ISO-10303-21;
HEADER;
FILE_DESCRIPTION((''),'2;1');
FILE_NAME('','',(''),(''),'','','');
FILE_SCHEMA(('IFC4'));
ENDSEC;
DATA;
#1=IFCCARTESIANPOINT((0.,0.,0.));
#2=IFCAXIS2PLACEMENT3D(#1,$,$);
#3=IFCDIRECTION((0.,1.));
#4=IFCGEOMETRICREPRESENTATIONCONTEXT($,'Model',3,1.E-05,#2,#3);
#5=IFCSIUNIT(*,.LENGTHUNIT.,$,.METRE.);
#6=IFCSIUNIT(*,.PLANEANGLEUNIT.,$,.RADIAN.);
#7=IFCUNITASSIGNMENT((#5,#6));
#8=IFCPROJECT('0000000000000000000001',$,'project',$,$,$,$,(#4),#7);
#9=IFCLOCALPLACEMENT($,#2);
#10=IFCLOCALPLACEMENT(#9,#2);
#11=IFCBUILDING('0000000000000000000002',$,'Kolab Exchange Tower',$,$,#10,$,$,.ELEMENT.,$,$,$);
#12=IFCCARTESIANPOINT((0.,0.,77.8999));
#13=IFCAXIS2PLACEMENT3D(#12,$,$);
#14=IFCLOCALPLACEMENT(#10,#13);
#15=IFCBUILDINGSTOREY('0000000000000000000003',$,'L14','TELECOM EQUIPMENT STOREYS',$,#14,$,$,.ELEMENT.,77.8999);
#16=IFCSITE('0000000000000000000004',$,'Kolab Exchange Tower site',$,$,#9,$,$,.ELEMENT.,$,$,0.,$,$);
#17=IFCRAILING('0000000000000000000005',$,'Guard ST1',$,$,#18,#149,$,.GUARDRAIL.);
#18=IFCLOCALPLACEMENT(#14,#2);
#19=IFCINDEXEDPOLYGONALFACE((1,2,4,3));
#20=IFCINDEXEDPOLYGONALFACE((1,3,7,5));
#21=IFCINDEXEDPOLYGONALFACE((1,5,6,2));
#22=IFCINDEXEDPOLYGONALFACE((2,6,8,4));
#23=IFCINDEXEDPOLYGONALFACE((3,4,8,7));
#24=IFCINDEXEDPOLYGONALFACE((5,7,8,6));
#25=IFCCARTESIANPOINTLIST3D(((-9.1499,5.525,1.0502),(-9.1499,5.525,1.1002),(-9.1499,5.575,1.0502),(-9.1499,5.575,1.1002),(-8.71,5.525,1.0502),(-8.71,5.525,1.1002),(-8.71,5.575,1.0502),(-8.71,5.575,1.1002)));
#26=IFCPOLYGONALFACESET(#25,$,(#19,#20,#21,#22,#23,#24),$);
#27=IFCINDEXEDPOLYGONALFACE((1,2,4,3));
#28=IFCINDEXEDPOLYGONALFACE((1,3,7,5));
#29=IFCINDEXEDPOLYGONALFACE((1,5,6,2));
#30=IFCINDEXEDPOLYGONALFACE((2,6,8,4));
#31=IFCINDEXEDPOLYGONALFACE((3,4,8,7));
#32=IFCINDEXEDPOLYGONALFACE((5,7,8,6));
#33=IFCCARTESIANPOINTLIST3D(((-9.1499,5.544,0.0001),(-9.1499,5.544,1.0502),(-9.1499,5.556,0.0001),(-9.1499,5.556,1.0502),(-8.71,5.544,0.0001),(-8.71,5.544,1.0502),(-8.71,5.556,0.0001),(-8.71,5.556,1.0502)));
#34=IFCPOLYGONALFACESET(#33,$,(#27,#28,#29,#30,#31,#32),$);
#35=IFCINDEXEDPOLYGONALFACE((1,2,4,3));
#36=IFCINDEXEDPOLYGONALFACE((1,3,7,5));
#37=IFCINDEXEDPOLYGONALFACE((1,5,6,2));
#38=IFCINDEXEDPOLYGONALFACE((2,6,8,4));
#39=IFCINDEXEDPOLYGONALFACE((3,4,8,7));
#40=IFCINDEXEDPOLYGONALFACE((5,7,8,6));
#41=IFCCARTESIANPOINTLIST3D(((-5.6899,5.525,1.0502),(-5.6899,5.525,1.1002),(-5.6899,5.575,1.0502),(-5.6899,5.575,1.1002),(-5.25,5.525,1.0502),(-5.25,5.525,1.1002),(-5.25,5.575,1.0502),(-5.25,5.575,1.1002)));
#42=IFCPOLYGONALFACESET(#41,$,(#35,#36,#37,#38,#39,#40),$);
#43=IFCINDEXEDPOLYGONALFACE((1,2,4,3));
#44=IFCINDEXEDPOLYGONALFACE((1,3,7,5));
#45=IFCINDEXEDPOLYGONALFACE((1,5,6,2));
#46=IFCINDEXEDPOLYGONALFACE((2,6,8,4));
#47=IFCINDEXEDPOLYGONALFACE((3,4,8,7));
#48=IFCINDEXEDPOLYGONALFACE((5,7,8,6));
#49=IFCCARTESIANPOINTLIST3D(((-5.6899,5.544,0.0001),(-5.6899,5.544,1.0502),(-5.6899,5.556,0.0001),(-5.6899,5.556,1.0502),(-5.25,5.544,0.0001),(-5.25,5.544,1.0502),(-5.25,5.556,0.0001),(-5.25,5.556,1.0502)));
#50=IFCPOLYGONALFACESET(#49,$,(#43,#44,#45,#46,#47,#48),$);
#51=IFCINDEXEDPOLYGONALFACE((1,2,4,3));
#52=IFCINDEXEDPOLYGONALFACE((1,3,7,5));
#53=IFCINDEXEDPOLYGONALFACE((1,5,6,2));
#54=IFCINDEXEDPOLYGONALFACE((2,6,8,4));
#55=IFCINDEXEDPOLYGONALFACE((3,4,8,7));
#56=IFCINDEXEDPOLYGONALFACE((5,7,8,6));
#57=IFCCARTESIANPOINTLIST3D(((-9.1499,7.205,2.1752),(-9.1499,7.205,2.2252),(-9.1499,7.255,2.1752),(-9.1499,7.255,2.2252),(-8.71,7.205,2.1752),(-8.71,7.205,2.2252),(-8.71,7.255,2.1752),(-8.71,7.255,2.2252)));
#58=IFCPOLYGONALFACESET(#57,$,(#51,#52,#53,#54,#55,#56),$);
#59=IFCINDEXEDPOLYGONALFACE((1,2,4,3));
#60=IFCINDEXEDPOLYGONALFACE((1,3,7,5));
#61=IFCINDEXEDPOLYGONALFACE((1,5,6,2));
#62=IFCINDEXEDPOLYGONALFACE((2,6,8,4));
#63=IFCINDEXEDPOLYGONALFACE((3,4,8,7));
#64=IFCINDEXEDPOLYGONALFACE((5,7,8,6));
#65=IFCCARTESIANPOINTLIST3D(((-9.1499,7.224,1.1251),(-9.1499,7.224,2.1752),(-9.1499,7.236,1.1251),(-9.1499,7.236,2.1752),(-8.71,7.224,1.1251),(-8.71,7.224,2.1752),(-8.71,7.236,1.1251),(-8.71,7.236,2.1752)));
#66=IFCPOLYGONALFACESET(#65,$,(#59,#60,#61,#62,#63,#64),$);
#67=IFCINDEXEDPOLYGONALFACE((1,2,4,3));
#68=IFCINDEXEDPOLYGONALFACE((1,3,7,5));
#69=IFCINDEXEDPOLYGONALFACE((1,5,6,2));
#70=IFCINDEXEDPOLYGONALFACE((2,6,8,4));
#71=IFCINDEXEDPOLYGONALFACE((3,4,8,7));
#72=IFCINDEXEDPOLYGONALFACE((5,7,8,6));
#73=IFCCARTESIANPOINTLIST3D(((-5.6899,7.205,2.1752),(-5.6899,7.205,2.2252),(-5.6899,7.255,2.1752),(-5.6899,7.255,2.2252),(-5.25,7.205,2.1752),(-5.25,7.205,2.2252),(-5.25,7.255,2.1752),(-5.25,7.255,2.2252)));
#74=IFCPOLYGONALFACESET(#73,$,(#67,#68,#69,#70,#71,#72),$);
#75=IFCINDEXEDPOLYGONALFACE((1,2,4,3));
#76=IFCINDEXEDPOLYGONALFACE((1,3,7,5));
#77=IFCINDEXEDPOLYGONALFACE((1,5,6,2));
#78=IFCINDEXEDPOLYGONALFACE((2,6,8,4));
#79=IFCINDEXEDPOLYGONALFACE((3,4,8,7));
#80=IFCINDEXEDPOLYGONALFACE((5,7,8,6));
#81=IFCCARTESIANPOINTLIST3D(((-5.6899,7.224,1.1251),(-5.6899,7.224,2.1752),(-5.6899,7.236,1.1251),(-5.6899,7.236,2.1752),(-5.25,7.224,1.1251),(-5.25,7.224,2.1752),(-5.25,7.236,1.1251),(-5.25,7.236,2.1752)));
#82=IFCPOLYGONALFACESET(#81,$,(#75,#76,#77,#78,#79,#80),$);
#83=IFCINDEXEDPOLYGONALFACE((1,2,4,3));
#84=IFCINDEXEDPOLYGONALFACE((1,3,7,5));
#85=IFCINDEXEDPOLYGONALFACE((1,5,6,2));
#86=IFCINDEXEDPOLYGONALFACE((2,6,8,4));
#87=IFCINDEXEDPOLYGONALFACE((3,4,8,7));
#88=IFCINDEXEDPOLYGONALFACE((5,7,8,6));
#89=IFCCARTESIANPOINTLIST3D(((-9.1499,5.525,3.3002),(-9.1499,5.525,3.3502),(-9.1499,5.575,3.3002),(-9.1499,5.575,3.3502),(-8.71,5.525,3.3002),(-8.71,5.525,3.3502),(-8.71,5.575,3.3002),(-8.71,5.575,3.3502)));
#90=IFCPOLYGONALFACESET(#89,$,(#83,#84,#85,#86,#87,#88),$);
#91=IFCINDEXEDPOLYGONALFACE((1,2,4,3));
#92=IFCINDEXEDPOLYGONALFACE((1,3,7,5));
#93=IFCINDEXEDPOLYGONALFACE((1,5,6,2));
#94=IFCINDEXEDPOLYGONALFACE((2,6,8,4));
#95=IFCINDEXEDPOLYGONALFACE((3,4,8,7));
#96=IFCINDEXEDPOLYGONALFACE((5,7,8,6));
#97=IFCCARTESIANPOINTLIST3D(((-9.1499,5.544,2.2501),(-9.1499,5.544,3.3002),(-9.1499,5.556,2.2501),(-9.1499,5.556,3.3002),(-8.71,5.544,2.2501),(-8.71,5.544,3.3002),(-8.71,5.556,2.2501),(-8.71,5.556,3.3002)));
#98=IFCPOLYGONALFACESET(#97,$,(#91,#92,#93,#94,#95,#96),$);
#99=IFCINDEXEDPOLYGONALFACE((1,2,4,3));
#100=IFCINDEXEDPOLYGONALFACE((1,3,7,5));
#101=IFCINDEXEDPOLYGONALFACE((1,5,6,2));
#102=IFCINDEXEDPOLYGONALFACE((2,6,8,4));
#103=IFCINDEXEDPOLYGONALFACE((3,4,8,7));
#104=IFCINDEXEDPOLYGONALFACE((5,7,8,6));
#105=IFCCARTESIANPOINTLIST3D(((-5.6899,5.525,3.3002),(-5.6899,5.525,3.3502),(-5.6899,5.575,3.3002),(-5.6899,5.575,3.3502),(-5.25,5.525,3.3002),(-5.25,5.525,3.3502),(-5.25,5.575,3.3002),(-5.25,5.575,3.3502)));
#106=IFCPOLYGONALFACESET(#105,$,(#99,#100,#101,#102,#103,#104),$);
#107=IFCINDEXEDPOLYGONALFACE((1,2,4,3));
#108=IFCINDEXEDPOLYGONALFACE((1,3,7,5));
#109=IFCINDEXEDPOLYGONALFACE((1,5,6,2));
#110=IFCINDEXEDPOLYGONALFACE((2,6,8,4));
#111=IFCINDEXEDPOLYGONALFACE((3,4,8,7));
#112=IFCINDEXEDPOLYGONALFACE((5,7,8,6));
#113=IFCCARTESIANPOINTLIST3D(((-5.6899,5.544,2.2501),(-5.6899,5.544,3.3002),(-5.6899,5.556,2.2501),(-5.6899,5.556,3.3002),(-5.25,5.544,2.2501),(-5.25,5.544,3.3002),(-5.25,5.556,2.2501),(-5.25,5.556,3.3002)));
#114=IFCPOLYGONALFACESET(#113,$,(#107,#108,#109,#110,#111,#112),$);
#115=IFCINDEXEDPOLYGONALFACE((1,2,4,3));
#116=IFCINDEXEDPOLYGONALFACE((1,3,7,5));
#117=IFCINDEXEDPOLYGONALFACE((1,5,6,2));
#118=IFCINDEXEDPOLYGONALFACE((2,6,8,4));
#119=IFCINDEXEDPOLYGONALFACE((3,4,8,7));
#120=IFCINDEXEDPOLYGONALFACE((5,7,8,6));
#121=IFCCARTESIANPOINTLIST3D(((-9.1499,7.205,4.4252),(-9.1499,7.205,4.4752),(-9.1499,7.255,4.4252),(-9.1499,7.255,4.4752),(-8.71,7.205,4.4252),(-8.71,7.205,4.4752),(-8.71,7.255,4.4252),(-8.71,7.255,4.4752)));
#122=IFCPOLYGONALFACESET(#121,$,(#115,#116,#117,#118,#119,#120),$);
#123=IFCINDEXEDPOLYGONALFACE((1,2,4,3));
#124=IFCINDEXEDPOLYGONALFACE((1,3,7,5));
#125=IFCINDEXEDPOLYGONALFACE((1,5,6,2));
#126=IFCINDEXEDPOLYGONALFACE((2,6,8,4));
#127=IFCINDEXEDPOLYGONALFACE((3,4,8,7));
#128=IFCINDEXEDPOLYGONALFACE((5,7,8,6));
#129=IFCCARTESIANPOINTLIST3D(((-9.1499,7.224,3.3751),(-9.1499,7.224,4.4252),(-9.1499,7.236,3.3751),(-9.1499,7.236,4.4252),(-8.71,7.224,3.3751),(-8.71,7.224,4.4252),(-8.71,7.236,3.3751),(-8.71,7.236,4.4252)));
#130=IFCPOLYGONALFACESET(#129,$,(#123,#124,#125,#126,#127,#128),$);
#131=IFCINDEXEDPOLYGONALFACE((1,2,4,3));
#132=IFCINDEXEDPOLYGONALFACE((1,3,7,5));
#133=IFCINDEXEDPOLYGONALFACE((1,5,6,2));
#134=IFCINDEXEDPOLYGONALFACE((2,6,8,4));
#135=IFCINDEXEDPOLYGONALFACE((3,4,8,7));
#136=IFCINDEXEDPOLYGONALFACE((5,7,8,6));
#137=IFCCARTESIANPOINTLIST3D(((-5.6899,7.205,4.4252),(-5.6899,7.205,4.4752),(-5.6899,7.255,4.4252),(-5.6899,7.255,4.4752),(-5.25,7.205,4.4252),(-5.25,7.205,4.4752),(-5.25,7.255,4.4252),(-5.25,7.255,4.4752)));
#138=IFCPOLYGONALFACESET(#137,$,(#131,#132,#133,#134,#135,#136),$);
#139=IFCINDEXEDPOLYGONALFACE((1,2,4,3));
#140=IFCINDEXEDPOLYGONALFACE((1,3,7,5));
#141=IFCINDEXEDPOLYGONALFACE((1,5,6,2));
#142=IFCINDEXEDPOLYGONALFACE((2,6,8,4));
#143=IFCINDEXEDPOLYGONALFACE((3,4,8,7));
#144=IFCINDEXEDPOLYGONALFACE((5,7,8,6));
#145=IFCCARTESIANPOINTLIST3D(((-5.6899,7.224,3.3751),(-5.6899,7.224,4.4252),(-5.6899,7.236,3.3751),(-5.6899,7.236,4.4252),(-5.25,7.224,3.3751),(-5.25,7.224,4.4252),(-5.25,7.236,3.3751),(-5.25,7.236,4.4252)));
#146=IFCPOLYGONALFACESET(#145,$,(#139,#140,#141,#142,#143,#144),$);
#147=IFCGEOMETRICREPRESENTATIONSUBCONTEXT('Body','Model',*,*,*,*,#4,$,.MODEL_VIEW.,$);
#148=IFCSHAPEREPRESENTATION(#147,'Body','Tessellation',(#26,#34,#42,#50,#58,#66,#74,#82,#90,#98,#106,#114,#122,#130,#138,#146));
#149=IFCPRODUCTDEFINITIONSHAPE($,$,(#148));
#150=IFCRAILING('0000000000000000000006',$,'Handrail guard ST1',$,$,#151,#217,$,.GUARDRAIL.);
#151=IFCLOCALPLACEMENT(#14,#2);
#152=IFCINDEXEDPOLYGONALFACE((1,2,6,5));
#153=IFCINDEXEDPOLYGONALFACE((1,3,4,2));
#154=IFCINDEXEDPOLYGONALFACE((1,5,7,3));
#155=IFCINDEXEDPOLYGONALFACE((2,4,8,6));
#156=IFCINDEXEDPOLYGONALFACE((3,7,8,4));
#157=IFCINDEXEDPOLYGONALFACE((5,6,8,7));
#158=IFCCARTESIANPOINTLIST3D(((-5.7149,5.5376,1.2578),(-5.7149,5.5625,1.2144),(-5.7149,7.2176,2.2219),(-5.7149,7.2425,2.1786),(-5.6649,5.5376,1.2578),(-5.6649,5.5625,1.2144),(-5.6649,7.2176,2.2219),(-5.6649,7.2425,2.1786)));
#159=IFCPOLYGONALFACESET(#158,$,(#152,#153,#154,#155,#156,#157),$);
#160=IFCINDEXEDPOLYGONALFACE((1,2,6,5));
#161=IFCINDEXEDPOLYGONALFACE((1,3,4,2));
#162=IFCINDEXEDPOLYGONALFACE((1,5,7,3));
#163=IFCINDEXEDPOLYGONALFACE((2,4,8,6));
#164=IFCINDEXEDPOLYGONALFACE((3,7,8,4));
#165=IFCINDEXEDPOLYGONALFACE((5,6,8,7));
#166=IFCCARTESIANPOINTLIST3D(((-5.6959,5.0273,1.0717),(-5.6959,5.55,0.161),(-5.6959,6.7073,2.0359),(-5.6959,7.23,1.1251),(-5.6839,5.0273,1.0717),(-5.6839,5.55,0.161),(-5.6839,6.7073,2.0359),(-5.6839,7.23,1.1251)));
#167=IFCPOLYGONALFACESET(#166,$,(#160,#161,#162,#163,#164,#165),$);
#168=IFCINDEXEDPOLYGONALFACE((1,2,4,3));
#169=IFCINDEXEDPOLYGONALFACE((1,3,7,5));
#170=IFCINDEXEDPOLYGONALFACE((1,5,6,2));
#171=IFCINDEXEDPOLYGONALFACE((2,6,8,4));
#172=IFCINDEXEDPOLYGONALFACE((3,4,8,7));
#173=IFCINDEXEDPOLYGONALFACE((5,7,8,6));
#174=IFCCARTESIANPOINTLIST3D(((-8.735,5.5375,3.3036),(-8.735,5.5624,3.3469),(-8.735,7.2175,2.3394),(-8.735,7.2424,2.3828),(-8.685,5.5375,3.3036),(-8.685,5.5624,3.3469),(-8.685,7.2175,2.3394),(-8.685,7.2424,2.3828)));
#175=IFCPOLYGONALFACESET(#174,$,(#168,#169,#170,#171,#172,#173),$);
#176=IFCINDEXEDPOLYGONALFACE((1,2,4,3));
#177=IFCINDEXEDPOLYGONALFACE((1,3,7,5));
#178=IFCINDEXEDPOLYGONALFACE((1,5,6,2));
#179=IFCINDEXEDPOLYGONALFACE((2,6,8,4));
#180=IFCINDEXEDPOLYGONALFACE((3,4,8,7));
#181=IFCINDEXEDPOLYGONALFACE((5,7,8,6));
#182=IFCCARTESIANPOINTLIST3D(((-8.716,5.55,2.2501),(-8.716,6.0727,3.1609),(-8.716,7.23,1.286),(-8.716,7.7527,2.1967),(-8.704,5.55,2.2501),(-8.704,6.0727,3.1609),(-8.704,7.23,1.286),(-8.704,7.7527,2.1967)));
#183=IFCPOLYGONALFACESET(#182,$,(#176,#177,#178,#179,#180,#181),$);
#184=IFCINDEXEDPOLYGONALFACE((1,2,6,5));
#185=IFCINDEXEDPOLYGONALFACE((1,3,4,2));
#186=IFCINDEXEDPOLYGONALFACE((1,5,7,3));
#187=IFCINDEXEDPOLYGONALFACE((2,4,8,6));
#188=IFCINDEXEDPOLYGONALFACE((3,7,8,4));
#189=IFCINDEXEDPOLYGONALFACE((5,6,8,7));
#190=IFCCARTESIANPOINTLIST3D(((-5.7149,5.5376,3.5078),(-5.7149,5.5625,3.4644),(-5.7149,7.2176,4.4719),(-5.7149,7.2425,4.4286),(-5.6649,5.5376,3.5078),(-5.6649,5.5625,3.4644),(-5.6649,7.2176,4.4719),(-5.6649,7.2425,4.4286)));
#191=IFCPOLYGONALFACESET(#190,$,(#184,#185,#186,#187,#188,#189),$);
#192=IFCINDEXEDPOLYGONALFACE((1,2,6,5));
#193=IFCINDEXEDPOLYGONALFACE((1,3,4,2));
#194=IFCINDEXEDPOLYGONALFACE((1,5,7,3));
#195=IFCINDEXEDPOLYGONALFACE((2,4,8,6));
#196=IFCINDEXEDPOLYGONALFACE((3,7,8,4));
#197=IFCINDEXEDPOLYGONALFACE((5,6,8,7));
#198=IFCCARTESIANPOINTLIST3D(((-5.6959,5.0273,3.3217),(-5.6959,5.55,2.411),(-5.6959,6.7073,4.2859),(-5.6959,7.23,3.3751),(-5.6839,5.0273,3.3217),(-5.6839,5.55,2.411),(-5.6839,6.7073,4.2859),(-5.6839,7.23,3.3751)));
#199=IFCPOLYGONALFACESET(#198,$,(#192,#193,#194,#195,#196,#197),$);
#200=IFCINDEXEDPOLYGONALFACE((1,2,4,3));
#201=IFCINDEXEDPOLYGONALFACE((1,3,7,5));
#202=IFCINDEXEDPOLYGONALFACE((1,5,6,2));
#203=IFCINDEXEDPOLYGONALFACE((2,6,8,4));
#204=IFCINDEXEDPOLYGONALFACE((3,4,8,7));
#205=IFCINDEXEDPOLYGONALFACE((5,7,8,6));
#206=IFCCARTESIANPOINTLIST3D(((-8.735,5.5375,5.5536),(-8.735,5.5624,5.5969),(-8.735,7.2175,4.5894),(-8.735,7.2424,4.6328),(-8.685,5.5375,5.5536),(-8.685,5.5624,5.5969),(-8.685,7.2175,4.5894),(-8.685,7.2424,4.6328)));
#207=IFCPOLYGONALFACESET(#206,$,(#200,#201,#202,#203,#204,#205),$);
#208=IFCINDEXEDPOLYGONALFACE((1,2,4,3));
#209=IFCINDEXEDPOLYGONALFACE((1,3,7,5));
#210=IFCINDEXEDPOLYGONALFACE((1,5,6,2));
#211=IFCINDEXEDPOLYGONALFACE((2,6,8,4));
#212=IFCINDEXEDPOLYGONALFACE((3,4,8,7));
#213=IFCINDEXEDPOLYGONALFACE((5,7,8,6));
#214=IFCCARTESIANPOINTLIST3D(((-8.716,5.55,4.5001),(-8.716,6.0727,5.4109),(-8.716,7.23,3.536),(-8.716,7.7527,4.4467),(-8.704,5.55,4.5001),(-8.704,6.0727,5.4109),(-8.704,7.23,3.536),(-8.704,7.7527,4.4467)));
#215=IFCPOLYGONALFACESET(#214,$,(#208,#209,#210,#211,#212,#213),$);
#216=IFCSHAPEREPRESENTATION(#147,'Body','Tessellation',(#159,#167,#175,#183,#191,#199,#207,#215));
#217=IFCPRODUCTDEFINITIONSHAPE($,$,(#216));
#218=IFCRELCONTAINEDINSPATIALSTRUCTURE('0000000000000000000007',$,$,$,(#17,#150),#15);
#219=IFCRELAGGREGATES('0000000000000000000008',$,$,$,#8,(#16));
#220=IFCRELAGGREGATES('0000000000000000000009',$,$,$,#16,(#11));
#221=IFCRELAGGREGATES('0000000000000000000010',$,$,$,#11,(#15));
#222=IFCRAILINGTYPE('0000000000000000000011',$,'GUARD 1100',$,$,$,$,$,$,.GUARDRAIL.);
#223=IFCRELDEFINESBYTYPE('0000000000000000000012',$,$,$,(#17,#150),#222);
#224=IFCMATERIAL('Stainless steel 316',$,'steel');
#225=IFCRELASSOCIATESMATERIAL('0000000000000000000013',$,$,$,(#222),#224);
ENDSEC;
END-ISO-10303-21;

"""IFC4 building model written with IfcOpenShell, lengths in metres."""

from ifc_helpers import new_model, si_unit, direction, frame, frame_2d, origin, origin_2d, place, context, subcontext, project, spatial, rectangle, extrude, material, type_object, element, save


model = new_model("IFC4")

# Units and contexts
model_context = context("Model", 3, precision=1e-05, world=origin(), true_north=direction((0.0, 1.0)))
body_context = subcontext(model_context, "Body", "Model", "MODEL_VIEW")
ifc_project = project(units=[si_unit("LENGTHUNIT", "METRE"), si_unit("PLANEANGLEUNIT", "RADIAN")], contexts=[model_context])

# Site, building, storey
site_placement = place(None, origin())
site = spatial("IfcSite", under=ifc_project, at=site_placement, Name="Kolab Exchange Tower site", CompositionType="ELEMENT", RefElevation=0.0)
building_placement = place(site_placement, origin())
building = spatial("IfcBuilding", under=site, at=building_placement, Name="Kolab Exchange Tower", CompositionType="ELEMENT")
storey_placement = place(building_placement, frame((0.0, 0.0, 77.8999)))
storey = spatial("IfcBuildingStorey", under=building, at=storey_placement, Name="L14", Description="TELECOM EQUIPMENT STOREYS", CompositionType="ELEMENT", Elevation=77.8999)

# Railings
ifc_material_1 = material(Name="Stainless steel 316", Category="steel")
railing_type = type_object("IfcRailingType", Name="GUARD 1100", PredefinedType="GUARDRAIL", material=ifc_material_1)
railing_1_placement = place(storey_placement, frame((-9.1499, 5.55, 0.0)))
element("IfcRailing", 1, at=railing_1_placement, inside=storey, type_object=railing_type, Name="Guard ST1", PredefinedType="GUARDRAIL", context=body_context, shape_type="SweptSolid", body=[
    extrude(rectangle(XDim=0.05, YDim=0.05, at=origin_2d()), frame((0.0, 0.0, 1.0752), z_axis=(1.0, 0.0, 0.0), x_axis=(0.0, 1.0, 0.0)), (0.0, 0.0, 1.0), 0.4399),
    extrude(rectangle(XDim=0.012, YDim=1.0501, at=frame_2d((0.0, 0.5251))), frame((0.0, 0.0, 0.0), z_axis=(1.0, 0.0, 0.0), x_axis=(0.0, 1.0, 0.0)), (0.0, 0.0, 1.0), 0.4399),
    extrude(rectangle(XDim=0.05, YDim=0.05, at=origin_2d()), frame((3.46, 0.0, 1.0752), z_axis=(1.0, 0.0, 0.0), x_axis=(0.0, 1.0, 0.0)), (0.0, 0.0, 1.0), 0.4399),
    extrude(rectangle(XDim=0.012, YDim=1.0501, at=frame_2d((0.0, 0.5251))), frame((3.46, 0.0, 0.0), z_axis=(1.0, 0.0, 0.0), x_axis=(0.0, 1.0, 0.0)), (0.0, 0.0, 1.0), 0.4399),
    extrude(rectangle(XDim=0.05, YDim=0.05, at=origin_2d()), frame((0.0, 1.6799, 2.2002), z_axis=(1.0, 0.0, 0.0), x_axis=(0.0, 1.0, 0.0)), (0.0, 0.0, 1.0), 0.4399),
    extrude(rectangle(XDim=0.012, YDim=1.0501, at=frame_2d((0.0, 0.5251))), frame((0.0, 1.6799, 1.125), z_axis=(1.0, 0.0, 0.0), x_axis=(0.0, 1.0, 0.0)), (0.0, 0.0, 1.0), 0.4399),
    extrude(rectangle(XDim=0.05, YDim=0.05, at=origin_2d()), frame((3.46, 1.6799, 2.2002), z_axis=(1.0, 0.0, 0.0), x_axis=(0.0, 1.0, 0.0)), (0.0, 0.0, 1.0), 0.4399),
    extrude(rectangle(XDim=0.012, YDim=1.0501, at=frame_2d((0.0, 0.5251))), frame((3.46, 1.6799, 1.125), z_axis=(1.0, 0.0, 0.0), x_axis=(0.0, 1.0, 0.0)), (0.0, 0.0, 1.0), 0.4399),
    extrude(rectangle(XDim=0.05, YDim=0.05, at=origin_2d()), frame((0.0, 0.0, 3.3252), z_axis=(1.0, 0.0, 0.0), x_axis=(0.0, 1.0, 0.0)), (0.0, 0.0, 1.0), 0.4399),
    extrude(rectangle(XDim=0.012, YDim=1.0501, at=frame_2d((0.0, 0.5251))), frame((0.0, 0.0, 2.25), z_axis=(1.0, 0.0, 0.0), x_axis=(0.0, 1.0, 0.0)), (0.0, 0.0, 1.0), 0.4399),
    extrude(rectangle(XDim=0.05, YDim=0.05, at=origin_2d()), frame((3.46, 0.0, 3.3252), z_axis=(1.0, 0.0, 0.0), x_axis=(0.0, 1.0, 0.0)), (0.0, 0.0, 1.0), 0.4399),
    extrude(rectangle(XDim=0.012, YDim=1.0501, at=frame_2d((0.0, 0.5251))), frame((3.46, 0.0, 2.25), z_axis=(1.0, 0.0, 0.0), x_axis=(0.0, 1.0, 0.0)), (0.0, 0.0, 1.0), 0.4399),
    extrude(rectangle(XDim=0.05, YDim=0.05, at=origin_2d()), frame((0.0, 1.6799, 4.4502), z_axis=(1.0, 0.0, 0.0), x_axis=(0.0, 1.0, 0.0)), (0.0, 0.0, 1.0), 0.4399),
    extrude(rectangle(XDim=0.012, YDim=1.0501, at=frame_2d((0.0, 0.5251))), frame((0.0, 1.6799, 3.375), z_axis=(1.0, 0.0, 0.0), x_axis=(0.0, 1.0, 0.0)), (0.0, 0.0, 1.0), 0.4399),
    extrude(rectangle(XDim=0.05, YDim=0.05, at=origin_2d()), frame((3.46, 1.6799, 4.4502), z_axis=(1.0, 0.0, 0.0), x_axis=(0.0, 1.0, 0.0)), (0.0, 0.0, 1.0), 0.4399),
    extrude(rectangle(XDim=0.012, YDim=1.0501, at=frame_2d((0.0, 0.5251))), frame((3.46, 1.6799, 3.375), z_axis=(1.0, 0.0, 0.0), x_axis=(0.0, 1.0, 0.0)), (0.0, 0.0, 1.0), 0.4399),
])
railing_2_placement = place(storey_placement, frame((-5.6899, 5.55, 0.1609)))
element("IfcRailing", 2, at=railing_2_placement, inside=storey, type_object=railing_type, Name="Handrail guard ST1", PredefinedType="GUARDRAIL", context=body_context, shape_type="SweptSolid", body=[
    extrude(rectangle(XDim=0.05, YDim=0.05, at=origin_2d()), frame((0.0, 0.0, 1.0752), z_axis=(0.0, 0.867319, 0.497753), x_axis=(-1.0, 0.0, 0.0)), (0.0, 0.0, 1.0), 1.937),
    extrude(rectangle(XDim=0.012, YDim=1.0501, at=frame_2d((0.0, 0.5251))), frame((0.0, 0.0, 0.0), z_axis=(0.0, 0.867319, 0.497753), x_axis=(-1.0, 0.0, 0.0)), (0.0, 0.0, 1.0), 1.937),
    extrude(rectangle(XDim=0.05, YDim=0.05, at=origin_2d()), frame((-3.02, 1.6799, 2.2002), z_axis=(0.0, -0.867319, 0.497753), x_axis=(1.0, 0.0, 0.0)), (0.0, 0.0, 1.0), 1.937),
    extrude(rectangle(XDim=0.012, YDim=1.0501, at=frame_2d((0.0, 0.5251))), frame((-3.02, 1.6799, 1.125), z_axis=(0.0, -0.867319, 0.497753), x_axis=(1.0, 0.0, 0.0)), (0.0, 0.0, 1.0), 1.937),
    extrude(rectangle(XDim=0.05, YDim=0.05, at=origin_2d()), frame((0.0, 0.0, 3.3252), z_axis=(0.0, 0.867319, 0.497753), x_axis=(-1.0, 0.0, 0.0)), (0.0, 0.0, 1.0), 1.937),
    extrude(rectangle(XDim=0.012, YDim=1.0501, at=frame_2d((0.0, 0.5251))), frame((0.0, 0.0, 2.25), z_axis=(0.0, 0.867319, 0.497753), x_axis=(-1.0, 0.0, 0.0)), (0.0, 0.0, 1.0), 1.937),
    extrude(rectangle(XDim=0.05, YDim=0.05, at=origin_2d()), frame((-3.02, 1.6799, 4.4502), z_axis=(0.0, -0.867319, 0.497753), x_axis=(1.0, 0.0, 0.0)), (0.0, 0.0, 1.0), 1.937),
    extrude(rectangle(XDim=0.012, YDim=1.0501, at=frame_2d((0.0, 0.5251))), frame((-3.02, 1.6799, 3.375), z_axis=(0.0, -0.867319, 0.497753), x_axis=(1.0, 0.0, 0.0)), (0.0, 0.0, 1.0), 1.937),
])

save(model, "model.ifc")
